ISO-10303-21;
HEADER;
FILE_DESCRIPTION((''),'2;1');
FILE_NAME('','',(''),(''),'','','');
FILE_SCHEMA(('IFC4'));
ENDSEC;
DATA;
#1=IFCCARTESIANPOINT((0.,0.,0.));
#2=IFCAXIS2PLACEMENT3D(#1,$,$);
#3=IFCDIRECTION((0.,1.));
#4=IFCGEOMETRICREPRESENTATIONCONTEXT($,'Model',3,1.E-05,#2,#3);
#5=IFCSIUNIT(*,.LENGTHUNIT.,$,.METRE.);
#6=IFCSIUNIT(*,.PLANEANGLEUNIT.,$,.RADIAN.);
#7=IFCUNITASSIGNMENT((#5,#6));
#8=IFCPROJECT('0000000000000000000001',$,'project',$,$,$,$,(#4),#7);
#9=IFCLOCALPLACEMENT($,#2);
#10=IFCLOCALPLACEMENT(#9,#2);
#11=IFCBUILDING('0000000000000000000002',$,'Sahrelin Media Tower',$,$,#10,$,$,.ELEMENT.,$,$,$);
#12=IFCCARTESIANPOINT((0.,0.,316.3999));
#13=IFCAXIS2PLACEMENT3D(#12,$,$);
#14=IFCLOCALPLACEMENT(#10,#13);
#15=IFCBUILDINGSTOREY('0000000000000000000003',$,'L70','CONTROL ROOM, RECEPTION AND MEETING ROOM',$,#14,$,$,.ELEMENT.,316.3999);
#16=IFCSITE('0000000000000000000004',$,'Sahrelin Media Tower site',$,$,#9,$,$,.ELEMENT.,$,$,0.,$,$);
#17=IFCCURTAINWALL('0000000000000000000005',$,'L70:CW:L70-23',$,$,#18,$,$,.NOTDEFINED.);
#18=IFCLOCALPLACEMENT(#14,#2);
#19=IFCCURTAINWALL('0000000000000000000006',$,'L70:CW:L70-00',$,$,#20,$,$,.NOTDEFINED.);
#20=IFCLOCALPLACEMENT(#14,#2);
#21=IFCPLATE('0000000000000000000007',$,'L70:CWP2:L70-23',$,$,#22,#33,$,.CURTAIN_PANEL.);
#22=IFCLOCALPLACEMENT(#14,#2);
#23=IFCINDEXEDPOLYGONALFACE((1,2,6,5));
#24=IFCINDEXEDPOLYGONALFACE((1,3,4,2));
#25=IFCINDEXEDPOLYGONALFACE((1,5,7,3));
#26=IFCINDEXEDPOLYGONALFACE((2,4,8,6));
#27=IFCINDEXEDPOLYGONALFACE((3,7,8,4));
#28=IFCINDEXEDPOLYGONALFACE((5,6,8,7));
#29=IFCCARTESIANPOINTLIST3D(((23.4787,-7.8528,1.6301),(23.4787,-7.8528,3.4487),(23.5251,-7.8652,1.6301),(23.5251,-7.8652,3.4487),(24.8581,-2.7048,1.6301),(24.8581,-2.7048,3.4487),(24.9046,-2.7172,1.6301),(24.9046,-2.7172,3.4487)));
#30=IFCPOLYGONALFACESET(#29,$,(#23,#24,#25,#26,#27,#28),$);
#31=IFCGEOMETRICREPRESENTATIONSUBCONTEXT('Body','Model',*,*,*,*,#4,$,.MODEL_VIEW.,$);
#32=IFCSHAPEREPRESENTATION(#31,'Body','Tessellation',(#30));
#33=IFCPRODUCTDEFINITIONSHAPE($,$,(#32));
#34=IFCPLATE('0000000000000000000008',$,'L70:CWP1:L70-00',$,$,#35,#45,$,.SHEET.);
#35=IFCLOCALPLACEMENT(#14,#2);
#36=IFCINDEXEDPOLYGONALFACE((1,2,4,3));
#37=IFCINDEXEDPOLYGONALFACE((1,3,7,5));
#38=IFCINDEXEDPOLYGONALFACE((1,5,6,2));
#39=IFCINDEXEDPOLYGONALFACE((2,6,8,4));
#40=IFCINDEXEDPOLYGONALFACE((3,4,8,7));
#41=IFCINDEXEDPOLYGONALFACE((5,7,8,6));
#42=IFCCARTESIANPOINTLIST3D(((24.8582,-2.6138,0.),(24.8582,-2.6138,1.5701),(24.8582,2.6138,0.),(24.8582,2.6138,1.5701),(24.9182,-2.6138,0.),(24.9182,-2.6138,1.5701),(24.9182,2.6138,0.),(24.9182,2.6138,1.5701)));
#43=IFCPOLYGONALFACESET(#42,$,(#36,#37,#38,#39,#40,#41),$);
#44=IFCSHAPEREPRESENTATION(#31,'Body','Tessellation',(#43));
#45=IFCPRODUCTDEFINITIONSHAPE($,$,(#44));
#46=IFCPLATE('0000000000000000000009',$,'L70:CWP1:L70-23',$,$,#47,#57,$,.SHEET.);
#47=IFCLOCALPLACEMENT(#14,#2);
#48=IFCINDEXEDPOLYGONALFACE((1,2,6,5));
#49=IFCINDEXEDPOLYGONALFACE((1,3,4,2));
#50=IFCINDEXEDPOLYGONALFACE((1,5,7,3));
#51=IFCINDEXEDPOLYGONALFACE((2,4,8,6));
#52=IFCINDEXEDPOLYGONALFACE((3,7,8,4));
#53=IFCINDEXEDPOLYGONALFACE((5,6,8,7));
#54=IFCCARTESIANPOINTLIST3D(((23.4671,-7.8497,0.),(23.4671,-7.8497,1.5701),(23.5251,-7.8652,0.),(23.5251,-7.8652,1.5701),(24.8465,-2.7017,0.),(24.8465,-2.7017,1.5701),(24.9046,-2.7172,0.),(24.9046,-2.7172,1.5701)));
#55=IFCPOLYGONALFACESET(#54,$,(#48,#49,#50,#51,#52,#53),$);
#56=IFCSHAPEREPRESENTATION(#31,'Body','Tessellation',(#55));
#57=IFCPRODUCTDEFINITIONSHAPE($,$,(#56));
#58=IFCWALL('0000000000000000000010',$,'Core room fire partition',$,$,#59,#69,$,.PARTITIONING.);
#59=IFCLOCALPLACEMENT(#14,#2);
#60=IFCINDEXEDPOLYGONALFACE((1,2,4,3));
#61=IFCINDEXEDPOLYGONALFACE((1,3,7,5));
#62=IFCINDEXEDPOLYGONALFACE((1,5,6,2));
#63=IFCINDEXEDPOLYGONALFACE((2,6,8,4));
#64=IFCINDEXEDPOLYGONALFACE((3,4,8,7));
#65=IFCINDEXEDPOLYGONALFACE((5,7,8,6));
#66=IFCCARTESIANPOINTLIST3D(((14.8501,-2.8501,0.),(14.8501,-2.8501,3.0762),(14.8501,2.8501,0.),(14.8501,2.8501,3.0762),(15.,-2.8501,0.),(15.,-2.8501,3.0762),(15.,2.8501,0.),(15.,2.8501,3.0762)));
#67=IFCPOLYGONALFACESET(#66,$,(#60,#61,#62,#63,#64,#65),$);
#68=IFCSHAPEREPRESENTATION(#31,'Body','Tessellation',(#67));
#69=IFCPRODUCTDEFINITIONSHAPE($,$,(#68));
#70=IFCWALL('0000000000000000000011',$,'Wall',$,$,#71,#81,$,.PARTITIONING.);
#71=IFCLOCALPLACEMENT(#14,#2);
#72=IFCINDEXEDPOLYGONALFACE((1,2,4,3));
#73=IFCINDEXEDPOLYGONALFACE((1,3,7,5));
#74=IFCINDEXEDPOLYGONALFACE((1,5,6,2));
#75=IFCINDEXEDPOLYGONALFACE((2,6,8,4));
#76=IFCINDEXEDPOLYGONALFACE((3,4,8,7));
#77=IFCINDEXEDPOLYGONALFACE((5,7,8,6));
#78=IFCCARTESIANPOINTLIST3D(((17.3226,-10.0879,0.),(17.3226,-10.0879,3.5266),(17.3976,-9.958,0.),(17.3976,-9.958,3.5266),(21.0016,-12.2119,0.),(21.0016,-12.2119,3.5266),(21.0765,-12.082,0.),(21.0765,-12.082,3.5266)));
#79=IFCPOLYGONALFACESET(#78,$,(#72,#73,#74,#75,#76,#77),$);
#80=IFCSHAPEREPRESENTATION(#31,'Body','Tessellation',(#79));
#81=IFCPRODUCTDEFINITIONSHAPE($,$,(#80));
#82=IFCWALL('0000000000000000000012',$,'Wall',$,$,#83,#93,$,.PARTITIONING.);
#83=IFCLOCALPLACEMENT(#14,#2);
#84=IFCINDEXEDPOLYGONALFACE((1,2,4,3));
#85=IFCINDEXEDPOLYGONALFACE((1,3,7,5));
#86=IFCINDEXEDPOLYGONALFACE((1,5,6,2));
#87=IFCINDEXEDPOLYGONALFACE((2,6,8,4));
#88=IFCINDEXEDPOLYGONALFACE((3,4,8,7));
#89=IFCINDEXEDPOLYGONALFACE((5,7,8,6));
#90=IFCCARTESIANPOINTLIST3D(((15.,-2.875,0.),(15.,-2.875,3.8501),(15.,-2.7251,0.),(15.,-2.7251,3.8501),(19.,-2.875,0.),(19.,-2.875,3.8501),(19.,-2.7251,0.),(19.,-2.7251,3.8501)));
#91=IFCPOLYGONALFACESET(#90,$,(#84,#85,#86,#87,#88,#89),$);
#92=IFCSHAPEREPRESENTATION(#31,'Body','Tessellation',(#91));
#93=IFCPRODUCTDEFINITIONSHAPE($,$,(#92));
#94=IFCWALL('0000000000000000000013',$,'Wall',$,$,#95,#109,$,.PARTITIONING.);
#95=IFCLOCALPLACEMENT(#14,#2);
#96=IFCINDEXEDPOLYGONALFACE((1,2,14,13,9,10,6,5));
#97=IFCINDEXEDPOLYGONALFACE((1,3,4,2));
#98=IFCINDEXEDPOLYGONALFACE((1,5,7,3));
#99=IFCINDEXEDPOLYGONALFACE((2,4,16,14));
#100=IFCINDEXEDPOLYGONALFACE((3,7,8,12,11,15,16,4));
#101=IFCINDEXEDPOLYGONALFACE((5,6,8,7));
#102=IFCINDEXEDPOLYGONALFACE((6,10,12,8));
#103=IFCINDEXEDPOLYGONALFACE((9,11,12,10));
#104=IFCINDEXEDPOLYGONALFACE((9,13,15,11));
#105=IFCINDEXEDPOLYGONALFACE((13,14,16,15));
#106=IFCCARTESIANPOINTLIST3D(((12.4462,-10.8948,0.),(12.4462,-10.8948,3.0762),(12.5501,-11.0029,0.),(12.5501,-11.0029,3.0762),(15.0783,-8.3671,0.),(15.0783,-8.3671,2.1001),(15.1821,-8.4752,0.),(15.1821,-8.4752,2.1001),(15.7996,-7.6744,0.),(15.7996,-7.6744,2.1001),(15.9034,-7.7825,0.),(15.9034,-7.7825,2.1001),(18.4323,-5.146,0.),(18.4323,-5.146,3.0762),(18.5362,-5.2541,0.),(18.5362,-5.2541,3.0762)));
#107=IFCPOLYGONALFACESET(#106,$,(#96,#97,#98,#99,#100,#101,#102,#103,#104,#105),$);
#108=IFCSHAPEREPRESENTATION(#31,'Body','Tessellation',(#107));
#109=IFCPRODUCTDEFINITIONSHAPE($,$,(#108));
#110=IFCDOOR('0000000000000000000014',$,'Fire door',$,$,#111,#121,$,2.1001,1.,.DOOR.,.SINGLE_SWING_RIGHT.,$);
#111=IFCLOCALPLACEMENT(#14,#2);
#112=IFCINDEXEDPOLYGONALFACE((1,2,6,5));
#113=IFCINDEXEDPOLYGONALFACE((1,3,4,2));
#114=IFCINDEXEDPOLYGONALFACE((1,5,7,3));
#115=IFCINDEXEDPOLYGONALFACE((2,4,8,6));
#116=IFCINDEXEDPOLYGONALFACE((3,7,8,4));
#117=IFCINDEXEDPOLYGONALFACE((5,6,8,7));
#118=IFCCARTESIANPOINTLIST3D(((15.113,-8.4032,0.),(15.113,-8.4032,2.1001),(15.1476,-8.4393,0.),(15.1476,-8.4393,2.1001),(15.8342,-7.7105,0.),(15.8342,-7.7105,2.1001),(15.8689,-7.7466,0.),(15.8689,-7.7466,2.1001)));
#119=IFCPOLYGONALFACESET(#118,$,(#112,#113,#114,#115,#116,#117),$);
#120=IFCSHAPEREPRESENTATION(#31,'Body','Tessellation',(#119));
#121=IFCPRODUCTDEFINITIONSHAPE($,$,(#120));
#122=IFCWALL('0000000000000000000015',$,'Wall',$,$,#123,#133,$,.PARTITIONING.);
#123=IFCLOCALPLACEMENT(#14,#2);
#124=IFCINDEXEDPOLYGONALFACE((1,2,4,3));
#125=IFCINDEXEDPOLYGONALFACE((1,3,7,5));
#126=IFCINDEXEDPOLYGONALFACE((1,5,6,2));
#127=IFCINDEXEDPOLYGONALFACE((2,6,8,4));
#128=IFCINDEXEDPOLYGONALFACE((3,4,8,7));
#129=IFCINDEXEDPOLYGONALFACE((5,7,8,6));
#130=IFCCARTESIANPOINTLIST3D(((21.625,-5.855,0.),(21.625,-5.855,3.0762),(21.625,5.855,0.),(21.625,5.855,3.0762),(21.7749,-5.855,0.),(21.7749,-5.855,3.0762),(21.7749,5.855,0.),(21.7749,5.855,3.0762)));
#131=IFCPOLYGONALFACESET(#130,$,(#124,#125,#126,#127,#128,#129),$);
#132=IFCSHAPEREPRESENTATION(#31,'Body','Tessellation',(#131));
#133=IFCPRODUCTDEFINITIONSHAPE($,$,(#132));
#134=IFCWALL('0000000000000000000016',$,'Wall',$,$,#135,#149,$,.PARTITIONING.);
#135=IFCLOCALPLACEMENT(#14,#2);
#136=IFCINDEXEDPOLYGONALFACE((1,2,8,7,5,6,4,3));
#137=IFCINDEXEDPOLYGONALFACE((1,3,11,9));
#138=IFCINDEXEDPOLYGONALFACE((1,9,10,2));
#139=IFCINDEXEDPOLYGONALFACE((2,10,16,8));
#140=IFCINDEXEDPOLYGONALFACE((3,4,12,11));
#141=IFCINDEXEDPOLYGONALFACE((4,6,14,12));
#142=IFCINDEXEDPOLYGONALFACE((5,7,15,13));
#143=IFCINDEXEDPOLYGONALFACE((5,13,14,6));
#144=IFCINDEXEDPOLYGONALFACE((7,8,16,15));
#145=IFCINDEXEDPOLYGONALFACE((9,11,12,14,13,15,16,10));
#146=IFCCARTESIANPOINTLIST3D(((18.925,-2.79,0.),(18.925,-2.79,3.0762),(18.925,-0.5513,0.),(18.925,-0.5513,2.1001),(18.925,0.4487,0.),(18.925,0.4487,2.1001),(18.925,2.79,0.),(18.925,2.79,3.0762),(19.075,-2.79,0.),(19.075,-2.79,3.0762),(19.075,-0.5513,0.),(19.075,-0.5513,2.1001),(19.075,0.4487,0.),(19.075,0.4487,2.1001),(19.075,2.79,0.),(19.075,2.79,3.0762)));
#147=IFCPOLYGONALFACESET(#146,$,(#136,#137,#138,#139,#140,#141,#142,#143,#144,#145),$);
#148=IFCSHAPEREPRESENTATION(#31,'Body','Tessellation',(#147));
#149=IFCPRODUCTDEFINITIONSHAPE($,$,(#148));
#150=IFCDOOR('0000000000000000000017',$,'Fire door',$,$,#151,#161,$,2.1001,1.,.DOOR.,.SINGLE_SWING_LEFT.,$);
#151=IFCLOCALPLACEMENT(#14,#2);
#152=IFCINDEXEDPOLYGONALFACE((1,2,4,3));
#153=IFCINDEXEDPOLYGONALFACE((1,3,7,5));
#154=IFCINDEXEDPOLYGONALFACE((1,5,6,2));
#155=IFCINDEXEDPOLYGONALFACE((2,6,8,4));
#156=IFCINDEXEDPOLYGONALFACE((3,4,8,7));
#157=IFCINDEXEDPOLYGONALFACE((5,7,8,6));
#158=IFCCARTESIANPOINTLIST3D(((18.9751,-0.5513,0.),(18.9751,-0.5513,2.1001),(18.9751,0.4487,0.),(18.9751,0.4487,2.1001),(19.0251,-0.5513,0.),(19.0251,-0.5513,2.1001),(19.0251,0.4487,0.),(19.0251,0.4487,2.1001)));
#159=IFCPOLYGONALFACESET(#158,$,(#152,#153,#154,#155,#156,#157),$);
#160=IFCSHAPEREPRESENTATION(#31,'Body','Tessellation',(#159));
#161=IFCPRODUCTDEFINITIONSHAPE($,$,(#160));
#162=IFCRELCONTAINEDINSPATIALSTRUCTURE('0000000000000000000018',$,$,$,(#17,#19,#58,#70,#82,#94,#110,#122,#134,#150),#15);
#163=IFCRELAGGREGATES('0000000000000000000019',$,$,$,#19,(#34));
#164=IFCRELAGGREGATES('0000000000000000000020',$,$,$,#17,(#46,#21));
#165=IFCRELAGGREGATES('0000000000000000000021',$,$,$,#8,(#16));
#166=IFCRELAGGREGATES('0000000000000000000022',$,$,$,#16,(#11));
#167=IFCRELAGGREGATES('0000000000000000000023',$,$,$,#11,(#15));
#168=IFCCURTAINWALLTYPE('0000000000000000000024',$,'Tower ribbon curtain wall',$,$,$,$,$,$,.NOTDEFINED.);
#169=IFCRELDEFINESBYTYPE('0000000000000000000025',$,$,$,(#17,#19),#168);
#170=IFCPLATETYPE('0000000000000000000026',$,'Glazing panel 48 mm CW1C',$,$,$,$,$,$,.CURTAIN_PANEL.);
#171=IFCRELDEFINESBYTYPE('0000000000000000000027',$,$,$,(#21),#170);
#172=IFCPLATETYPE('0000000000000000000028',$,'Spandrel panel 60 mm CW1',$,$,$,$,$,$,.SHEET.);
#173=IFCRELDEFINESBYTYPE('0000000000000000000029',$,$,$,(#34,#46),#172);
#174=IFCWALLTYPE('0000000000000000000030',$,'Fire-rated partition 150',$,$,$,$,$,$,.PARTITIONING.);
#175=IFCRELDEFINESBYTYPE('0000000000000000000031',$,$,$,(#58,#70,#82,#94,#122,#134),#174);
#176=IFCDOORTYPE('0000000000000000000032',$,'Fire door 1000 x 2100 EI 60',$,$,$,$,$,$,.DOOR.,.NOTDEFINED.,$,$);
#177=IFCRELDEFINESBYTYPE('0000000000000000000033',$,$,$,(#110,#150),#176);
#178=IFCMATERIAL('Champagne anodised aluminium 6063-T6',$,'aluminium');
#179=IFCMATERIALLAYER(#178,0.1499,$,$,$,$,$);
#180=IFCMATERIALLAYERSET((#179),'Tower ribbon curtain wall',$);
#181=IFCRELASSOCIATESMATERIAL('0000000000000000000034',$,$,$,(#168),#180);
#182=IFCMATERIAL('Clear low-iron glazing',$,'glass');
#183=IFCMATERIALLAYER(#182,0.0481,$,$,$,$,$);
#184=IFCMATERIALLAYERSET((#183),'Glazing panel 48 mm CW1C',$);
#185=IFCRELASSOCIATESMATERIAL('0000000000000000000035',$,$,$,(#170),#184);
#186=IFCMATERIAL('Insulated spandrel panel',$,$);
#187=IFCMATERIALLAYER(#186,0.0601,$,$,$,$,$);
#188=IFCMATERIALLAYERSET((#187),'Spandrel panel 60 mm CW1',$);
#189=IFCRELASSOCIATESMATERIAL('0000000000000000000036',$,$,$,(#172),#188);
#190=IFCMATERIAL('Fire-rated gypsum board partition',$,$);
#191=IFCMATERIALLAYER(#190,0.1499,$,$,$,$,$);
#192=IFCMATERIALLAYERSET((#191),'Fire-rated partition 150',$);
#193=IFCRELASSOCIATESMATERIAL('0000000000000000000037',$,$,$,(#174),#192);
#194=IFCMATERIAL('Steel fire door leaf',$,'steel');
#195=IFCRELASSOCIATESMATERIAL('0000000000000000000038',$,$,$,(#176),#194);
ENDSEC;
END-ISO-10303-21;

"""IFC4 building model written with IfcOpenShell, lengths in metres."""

from ifc_helpers import new_model, si_unit, direction, frame, frame_2d, origin, place, context, subcontext, project, spatial, polyline, rectangle, outline, extrude, material, layer, layer_set, type_object, element, fill, aggregate, save


model = new_model("IFC4")

# Units and contexts
model_context = context("Model", 3, precision=1e-05, world=origin(), true_north=direction((0.0, 1.0)))
body_context = subcontext(model_context, "Body", "Model", "MODEL_VIEW")
ifc_project = project(units=[si_unit("LENGTHUNIT", "METRE"), si_unit("PLANEANGLEUNIT", "RADIAN")], contexts=[model_context])

# Site, building, storey
site_placement = place(None, origin())
site = spatial("IfcSite", under=ifc_project, at=site_placement, Name="Sahrelin Media Tower site", CompositionType="ELEMENT", RefElevation=0.0)
building_placement = place(site_placement, origin())
building = spatial("IfcBuilding", under=site, at=building_placement, Name="Sahrelin Media Tower", CompositionType="ELEMENT")
storey_placement = place(building_placement, frame((0.0, 0.0, 316.3999)))
storey = spatial("IfcBuildingStorey", under=building, at=storey_placement, Name="L70", Description="CONTROL ROOM, RECEPTION AND MEETING ROOM", CompositionType="ELEMENT", Elevation=316.3999)

# Curtain wall
ifc_material_1 = material(Name="Champagne anodised aluminium 6063-T6", Category="aluminium")
ifc_layer_1 = layer(ifc_material_1, 0.1499)
ifc_layer_set_1 = layer_set([ifc_layer_1], Name="Tower ribbon curtain wall")
curtain_wall_type = type_object("IfcCurtainWallType", Name="Tower ribbon curtain wall", PredefinedType="NOTDEFINED", material=ifc_layer_set_1)
curtain_wall_1_placement = place(storey_placement, frame((24.1956, -5.2859, 0.0), z_axis=(0.0, 0.0, 1.0), x_axis=(1.0, 0.0, 0.0)))
curtain_wall_1 = element("IfcCurtainWall", 1, at=curtain_wall_1_placement, inside=storey, type_object=curtain_wall_type, Name="L70:CW:L70-23", PredefinedType="NOTDEFINED")

# Curtain wall
curtain_wall_2_placement = place(storey_placement, frame((24.8982, 0.0, 0.0), z_axis=(0.0, 0.0, 1.0), x_axis=(1.0, 0.0, 0.0)))
curtain_wall_2 = element("IfcCurtainWall", 2, at=curtain_wall_2_placement, inside=storey, type_object=curtain_wall_type, Name="L70:CW:L70-00", PredefinedType="NOTDEFINED")

# Plates
ifc_material_2 = material(Name="Clear low-iron glazing", Category="glass")
ifc_layer_2 = layer(ifc_material_2, 0.0481)
ifc_layer_set_2 = layer_set([ifc_layer_2], Name="Glazing panel 48 mm CW1C")
plate_type_1 = type_object("IfcPlateType", Name="Glazing panel 48 mm CW1C", PredefinedType="CURTAIN_PANEL", material=ifc_layer_set_2)
plate_1_placement = place(storey_placement, frame((23.5251, -7.8652, 1.6301), z_axis=(0.965926, -0.25882, 0.0), x_axis=(0.25882, 0.965926, 0.0)))
plate_1 = element("IfcPlate", 3, at=plate_1_placement, type_object=plate_type_1, Name="L70:CWP2:L70-23", PredefinedType="CURTAIN_PANEL", context=body_context, shape_type="SweptSolid", body=[
    extrude(outline(polyline([(0.0, 0.0), (5.3296, 0.0), (5.3296, 1.8186), (0.0, 1.8186), (0.0, 0.0)])), origin(), (0.0, 0.0, -1.0), 0.0481),
])
ifc_material_3 = material(Name="Insulated spandrel panel")
ifc_layer_3 = layer(ifc_material_3, 0.0601)
ifc_layer_set_3 = layer_set([ifc_layer_3], Name="Spandrel panel 60 mm CW1")
plate_type_2 = type_object("IfcPlateType", Name="Spandrel panel 60 mm CW1", PredefinedType="SHEET", material=ifc_layer_set_3)
plate_2_placement = place(storey_placement, frame((24.9182, -2.6138, 0.0), z_axis=(1.0, 0.0, 0.0), x_axis=(0.0, 1.0, 0.0)))
plate_2 = element("IfcPlate", 4, at=plate_2_placement, type_object=plate_type_2, Name="L70:CWP1:L70-00", PredefinedType="SHEET", context=body_context, shape_type="SweptSolid", body=[
    extrude(outline(polyline([(0.0, 0.0), (5.2275, 0.0), (5.2275, 1.5701), (0.0, 1.5701), (0.0, 0.0)])), origin(), (0.0, 0.0, -1.0), 0.0601),
])
aggregate(curtain_wall_2, [plate_2])
plate_3_placement = place(storey_placement, frame((23.5251, -7.8652, 0.0), z_axis=(0.965926, -0.25882, 0.0), x_axis=(0.25882, 0.965926, 0.0)))
plate_3 = element("IfcPlate", 5, at=plate_3_placement, type_object=plate_type_2, Name="L70:CWP1:L70-23", PredefinedType="SHEET", context=body_context, shape_type="SweptSolid", body=[
    extrude(outline(polyline([(0.0, 0.0), (5.3296, 0.0), (5.3296, 1.5701), (0.0, 1.5701), (0.0, 0.0)])), origin(), (0.0, 0.0, -1.0), 0.0601),
])
aggregate(curtain_wall_1, [plate_3, plate_1])

# Walls
ifc_material_4 = material(Name="Fire-rated gypsum board partition")
ifc_layer_4 = layer(ifc_material_4, 0.1499)
ifc_layer_set_4 = layer_set([ifc_layer_4], Name="Fire-rated partition 150")
wall_type = type_object("IfcWallType", Name="Fire-rated partition 150", PredefinedType="PARTITIONING", material=ifc_layer_set_4)
wall_1_placement = place(storey_placement, frame((14.925, -2.8501, 0.0), z_axis=(0.0, 0.0, 1.0), x_axis=(0.0, 1.0, 0.0)))
element("IfcWall", 6, at=wall_1_placement, inside=storey, type_object=wall_type, Name="Core room fire partition", PredefinedType="PARTITIONING", context=body_context, shape_type="SweptSolid", body=[
    extrude(rectangle(XDim=5.7002, YDim=0.1499, at=frame_2d((2.8501, 0.0))), origin(), (0.0, 0.0, 1.0), 3.0762),
])
wall_2_placement = place(storey_placement, frame((17.3601, -10.0229, 0.0), z_axis=(0.0, 0.0, 1.0), x_axis=(0.866028, -0.499996, 0.0)))
element("IfcWall", 7, at=wall_2_placement, inside=storey, type_object=wall_type, Name="Wall", PredefinedType="PARTITIONING", context=body_context, shape_type="SweptSolid", body=[
    extrude(rectangle(XDim=4.248, YDim=0.1499, at=frame_2d((2.124, 0.0))), origin(), (0.0, 0.0, 1.0), 3.5266),
])
wall_3_placement = place(storey_placement, frame((15.0, -2.8, 0.0), z_axis=(0.0, 0.0, 1.0), x_axis=(1.0, 0.0, 0.0)))
element("IfcWall", 8, at=wall_3_placement, inside=storey, type_object=wall_type, Name="Wall", PredefinedType="PARTITIONING", context=body_context, shape_type="SweptSolid", body=[
    extrude(rectangle(XDim=4.0, YDim=0.1499, at=frame_2d((2.0, 0.0))), origin(), (0.0, 0.0, 1.0), 3.8501),
])

# Wall, opening, door
wall_4_placement = place(storey_placement, frame((12.498, -10.949, 0.0), z_axis=(0.0, 0.0, 1.0), x_axis=(0.721259, 0.692666, 0.0)))
wall_4 = element("IfcWall", 9, at=wall_4_placement, inside=storey, type_object=wall_type, Name="Wall", PredefinedType="PARTITIONING", context=body_context, shape_type="SweptSolid", body=[
    extrude(rectangle(XDim=8.2996, YDim=0.1499, at=frame_2d((4.1499, 0.0))), origin(), (0.0, 0.0, 1.0), 3.0762),
])
opening_1_placement = place(wall_4_placement, frame((3.6494, 0.0, 0.0)))
opening_1 = element("IfcOpeningElement", 10, at=opening_1_placement, cuts=wall_4, PredefinedType="OPENING", context=body_context, shape_type="SweptSolid", body=[
    extrude(rectangle(XDim=1.0, YDim=2.1001, at=frame_2d((0.5, 1.05))), frame((0.0, 0.075, 0.0), z_axis=(0.0, -1.0, 0.0), x_axis=(1.0, 0.0, 0.0)), (0.0, 0.0, 1.0), 0.1499),
])
ifc_material_5 = material(Name="Steel fire door leaf", Category="steel")
door_type = type_object("IfcDoorType", Name="Fire door 1000 x 2100 EI 60", OperationType="NOTDEFINED", PredefinedType="DOOR", material=ifc_material_5)
door_1_placement = place(opening_1_placement, origin())
door_1 = element("IfcDoor", 11, at=door_1_placement, inside=storey, type_object=door_type, Name="Fire door", OperationType="SINGLE_SWING_RIGHT", OverallHeight=2.1001, OverallWidth=1.0, PredefinedType="DOOR", context=body_context, shape_type="SweptSolid", body=[
    extrude(rectangle(XDim=1.0, YDim=2.1001, at=frame_2d((0.5, 1.05))), frame((0.0, 0.0249, 0.0), z_axis=(0.0, -1.0, 0.0), x_axis=(1.0, 0.0, 0.0)), (0.0, 0.0, 1.0), 0.05),
])
fill(opening_1, door_1)

# Wall
wall_5_placement = place(storey_placement, frame((21.7, -5.855, 0.0), z_axis=(0.0, 0.0, 1.0), x_axis=(0.0, 1.0, 0.0)))
element("IfcWall", 12, at=wall_5_placement, inside=storey, type_object=wall_type, Name="Wall", PredefinedType="PARTITIONING", context=body_context, shape_type="SweptSolid", body=[
    extrude(rectangle(XDim=11.71, YDim=0.1499, at=frame_2d((5.855, 0.0))), origin(), (0.0, 0.0, 1.0), 3.0762),
])

# Wall, opening, door
wall_6_placement = place(storey_placement, frame((19.0, -2.79, 0.0), z_axis=(0.0, 0.0, 1.0), x_axis=(0.0, 1.0, 0.0)))
wall_6 = element("IfcWall", 13, at=wall_6_placement, inside=storey, type_object=wall_type, Name="Wall", PredefinedType="PARTITIONING", context=body_context, shape_type="SweptSolid", body=[
    extrude(rectangle(XDim=5.5801, YDim=0.1499, at=frame_2d((2.79, 0.0))), origin(), (0.0, 0.0, 1.0), 3.0762),
])
opening_2_placement = place(wall_6_placement, frame((2.2388, 0.0, 0.0)))
opening_2 = element("IfcOpeningElement", 14, at=opening_2_placement, cuts=wall_6, PredefinedType="OPENING", context=body_context, shape_type="SweptSolid", body=[
    extrude(rectangle(XDim=1.0, YDim=2.1001, at=frame_2d((0.5, 1.05))), frame((0.0, 0.075, 0.0), z_axis=(0.0, -1.0, 0.0), x_axis=(1.0, 0.0, 0.0)), (0.0, 0.0, 1.0), 0.1499),
])
door_2_placement = place(opening_2_placement, origin())
door_2 = element("IfcDoor", 15, at=door_2_placement, inside=storey, type_object=door_type, Name="Fire door", OperationType="SINGLE_SWING_LEFT", OverallHeight=2.1001, OverallWidth=1.0, PredefinedType="DOOR", context=body_context, shape_type="SweptSolid", body=[
    extrude(rectangle(XDim=1.0, YDim=2.1001, at=frame_2d((0.5, 1.05))), frame((0.0, 0.0249, 0.0), z_axis=(0.0, -1.0, 0.0), x_axis=(1.0, 0.0, 0.0)), (0.0, 0.0, 1.0), 0.05),
])
fill(opening_2, door_2)

save(model, "model.ifc")
